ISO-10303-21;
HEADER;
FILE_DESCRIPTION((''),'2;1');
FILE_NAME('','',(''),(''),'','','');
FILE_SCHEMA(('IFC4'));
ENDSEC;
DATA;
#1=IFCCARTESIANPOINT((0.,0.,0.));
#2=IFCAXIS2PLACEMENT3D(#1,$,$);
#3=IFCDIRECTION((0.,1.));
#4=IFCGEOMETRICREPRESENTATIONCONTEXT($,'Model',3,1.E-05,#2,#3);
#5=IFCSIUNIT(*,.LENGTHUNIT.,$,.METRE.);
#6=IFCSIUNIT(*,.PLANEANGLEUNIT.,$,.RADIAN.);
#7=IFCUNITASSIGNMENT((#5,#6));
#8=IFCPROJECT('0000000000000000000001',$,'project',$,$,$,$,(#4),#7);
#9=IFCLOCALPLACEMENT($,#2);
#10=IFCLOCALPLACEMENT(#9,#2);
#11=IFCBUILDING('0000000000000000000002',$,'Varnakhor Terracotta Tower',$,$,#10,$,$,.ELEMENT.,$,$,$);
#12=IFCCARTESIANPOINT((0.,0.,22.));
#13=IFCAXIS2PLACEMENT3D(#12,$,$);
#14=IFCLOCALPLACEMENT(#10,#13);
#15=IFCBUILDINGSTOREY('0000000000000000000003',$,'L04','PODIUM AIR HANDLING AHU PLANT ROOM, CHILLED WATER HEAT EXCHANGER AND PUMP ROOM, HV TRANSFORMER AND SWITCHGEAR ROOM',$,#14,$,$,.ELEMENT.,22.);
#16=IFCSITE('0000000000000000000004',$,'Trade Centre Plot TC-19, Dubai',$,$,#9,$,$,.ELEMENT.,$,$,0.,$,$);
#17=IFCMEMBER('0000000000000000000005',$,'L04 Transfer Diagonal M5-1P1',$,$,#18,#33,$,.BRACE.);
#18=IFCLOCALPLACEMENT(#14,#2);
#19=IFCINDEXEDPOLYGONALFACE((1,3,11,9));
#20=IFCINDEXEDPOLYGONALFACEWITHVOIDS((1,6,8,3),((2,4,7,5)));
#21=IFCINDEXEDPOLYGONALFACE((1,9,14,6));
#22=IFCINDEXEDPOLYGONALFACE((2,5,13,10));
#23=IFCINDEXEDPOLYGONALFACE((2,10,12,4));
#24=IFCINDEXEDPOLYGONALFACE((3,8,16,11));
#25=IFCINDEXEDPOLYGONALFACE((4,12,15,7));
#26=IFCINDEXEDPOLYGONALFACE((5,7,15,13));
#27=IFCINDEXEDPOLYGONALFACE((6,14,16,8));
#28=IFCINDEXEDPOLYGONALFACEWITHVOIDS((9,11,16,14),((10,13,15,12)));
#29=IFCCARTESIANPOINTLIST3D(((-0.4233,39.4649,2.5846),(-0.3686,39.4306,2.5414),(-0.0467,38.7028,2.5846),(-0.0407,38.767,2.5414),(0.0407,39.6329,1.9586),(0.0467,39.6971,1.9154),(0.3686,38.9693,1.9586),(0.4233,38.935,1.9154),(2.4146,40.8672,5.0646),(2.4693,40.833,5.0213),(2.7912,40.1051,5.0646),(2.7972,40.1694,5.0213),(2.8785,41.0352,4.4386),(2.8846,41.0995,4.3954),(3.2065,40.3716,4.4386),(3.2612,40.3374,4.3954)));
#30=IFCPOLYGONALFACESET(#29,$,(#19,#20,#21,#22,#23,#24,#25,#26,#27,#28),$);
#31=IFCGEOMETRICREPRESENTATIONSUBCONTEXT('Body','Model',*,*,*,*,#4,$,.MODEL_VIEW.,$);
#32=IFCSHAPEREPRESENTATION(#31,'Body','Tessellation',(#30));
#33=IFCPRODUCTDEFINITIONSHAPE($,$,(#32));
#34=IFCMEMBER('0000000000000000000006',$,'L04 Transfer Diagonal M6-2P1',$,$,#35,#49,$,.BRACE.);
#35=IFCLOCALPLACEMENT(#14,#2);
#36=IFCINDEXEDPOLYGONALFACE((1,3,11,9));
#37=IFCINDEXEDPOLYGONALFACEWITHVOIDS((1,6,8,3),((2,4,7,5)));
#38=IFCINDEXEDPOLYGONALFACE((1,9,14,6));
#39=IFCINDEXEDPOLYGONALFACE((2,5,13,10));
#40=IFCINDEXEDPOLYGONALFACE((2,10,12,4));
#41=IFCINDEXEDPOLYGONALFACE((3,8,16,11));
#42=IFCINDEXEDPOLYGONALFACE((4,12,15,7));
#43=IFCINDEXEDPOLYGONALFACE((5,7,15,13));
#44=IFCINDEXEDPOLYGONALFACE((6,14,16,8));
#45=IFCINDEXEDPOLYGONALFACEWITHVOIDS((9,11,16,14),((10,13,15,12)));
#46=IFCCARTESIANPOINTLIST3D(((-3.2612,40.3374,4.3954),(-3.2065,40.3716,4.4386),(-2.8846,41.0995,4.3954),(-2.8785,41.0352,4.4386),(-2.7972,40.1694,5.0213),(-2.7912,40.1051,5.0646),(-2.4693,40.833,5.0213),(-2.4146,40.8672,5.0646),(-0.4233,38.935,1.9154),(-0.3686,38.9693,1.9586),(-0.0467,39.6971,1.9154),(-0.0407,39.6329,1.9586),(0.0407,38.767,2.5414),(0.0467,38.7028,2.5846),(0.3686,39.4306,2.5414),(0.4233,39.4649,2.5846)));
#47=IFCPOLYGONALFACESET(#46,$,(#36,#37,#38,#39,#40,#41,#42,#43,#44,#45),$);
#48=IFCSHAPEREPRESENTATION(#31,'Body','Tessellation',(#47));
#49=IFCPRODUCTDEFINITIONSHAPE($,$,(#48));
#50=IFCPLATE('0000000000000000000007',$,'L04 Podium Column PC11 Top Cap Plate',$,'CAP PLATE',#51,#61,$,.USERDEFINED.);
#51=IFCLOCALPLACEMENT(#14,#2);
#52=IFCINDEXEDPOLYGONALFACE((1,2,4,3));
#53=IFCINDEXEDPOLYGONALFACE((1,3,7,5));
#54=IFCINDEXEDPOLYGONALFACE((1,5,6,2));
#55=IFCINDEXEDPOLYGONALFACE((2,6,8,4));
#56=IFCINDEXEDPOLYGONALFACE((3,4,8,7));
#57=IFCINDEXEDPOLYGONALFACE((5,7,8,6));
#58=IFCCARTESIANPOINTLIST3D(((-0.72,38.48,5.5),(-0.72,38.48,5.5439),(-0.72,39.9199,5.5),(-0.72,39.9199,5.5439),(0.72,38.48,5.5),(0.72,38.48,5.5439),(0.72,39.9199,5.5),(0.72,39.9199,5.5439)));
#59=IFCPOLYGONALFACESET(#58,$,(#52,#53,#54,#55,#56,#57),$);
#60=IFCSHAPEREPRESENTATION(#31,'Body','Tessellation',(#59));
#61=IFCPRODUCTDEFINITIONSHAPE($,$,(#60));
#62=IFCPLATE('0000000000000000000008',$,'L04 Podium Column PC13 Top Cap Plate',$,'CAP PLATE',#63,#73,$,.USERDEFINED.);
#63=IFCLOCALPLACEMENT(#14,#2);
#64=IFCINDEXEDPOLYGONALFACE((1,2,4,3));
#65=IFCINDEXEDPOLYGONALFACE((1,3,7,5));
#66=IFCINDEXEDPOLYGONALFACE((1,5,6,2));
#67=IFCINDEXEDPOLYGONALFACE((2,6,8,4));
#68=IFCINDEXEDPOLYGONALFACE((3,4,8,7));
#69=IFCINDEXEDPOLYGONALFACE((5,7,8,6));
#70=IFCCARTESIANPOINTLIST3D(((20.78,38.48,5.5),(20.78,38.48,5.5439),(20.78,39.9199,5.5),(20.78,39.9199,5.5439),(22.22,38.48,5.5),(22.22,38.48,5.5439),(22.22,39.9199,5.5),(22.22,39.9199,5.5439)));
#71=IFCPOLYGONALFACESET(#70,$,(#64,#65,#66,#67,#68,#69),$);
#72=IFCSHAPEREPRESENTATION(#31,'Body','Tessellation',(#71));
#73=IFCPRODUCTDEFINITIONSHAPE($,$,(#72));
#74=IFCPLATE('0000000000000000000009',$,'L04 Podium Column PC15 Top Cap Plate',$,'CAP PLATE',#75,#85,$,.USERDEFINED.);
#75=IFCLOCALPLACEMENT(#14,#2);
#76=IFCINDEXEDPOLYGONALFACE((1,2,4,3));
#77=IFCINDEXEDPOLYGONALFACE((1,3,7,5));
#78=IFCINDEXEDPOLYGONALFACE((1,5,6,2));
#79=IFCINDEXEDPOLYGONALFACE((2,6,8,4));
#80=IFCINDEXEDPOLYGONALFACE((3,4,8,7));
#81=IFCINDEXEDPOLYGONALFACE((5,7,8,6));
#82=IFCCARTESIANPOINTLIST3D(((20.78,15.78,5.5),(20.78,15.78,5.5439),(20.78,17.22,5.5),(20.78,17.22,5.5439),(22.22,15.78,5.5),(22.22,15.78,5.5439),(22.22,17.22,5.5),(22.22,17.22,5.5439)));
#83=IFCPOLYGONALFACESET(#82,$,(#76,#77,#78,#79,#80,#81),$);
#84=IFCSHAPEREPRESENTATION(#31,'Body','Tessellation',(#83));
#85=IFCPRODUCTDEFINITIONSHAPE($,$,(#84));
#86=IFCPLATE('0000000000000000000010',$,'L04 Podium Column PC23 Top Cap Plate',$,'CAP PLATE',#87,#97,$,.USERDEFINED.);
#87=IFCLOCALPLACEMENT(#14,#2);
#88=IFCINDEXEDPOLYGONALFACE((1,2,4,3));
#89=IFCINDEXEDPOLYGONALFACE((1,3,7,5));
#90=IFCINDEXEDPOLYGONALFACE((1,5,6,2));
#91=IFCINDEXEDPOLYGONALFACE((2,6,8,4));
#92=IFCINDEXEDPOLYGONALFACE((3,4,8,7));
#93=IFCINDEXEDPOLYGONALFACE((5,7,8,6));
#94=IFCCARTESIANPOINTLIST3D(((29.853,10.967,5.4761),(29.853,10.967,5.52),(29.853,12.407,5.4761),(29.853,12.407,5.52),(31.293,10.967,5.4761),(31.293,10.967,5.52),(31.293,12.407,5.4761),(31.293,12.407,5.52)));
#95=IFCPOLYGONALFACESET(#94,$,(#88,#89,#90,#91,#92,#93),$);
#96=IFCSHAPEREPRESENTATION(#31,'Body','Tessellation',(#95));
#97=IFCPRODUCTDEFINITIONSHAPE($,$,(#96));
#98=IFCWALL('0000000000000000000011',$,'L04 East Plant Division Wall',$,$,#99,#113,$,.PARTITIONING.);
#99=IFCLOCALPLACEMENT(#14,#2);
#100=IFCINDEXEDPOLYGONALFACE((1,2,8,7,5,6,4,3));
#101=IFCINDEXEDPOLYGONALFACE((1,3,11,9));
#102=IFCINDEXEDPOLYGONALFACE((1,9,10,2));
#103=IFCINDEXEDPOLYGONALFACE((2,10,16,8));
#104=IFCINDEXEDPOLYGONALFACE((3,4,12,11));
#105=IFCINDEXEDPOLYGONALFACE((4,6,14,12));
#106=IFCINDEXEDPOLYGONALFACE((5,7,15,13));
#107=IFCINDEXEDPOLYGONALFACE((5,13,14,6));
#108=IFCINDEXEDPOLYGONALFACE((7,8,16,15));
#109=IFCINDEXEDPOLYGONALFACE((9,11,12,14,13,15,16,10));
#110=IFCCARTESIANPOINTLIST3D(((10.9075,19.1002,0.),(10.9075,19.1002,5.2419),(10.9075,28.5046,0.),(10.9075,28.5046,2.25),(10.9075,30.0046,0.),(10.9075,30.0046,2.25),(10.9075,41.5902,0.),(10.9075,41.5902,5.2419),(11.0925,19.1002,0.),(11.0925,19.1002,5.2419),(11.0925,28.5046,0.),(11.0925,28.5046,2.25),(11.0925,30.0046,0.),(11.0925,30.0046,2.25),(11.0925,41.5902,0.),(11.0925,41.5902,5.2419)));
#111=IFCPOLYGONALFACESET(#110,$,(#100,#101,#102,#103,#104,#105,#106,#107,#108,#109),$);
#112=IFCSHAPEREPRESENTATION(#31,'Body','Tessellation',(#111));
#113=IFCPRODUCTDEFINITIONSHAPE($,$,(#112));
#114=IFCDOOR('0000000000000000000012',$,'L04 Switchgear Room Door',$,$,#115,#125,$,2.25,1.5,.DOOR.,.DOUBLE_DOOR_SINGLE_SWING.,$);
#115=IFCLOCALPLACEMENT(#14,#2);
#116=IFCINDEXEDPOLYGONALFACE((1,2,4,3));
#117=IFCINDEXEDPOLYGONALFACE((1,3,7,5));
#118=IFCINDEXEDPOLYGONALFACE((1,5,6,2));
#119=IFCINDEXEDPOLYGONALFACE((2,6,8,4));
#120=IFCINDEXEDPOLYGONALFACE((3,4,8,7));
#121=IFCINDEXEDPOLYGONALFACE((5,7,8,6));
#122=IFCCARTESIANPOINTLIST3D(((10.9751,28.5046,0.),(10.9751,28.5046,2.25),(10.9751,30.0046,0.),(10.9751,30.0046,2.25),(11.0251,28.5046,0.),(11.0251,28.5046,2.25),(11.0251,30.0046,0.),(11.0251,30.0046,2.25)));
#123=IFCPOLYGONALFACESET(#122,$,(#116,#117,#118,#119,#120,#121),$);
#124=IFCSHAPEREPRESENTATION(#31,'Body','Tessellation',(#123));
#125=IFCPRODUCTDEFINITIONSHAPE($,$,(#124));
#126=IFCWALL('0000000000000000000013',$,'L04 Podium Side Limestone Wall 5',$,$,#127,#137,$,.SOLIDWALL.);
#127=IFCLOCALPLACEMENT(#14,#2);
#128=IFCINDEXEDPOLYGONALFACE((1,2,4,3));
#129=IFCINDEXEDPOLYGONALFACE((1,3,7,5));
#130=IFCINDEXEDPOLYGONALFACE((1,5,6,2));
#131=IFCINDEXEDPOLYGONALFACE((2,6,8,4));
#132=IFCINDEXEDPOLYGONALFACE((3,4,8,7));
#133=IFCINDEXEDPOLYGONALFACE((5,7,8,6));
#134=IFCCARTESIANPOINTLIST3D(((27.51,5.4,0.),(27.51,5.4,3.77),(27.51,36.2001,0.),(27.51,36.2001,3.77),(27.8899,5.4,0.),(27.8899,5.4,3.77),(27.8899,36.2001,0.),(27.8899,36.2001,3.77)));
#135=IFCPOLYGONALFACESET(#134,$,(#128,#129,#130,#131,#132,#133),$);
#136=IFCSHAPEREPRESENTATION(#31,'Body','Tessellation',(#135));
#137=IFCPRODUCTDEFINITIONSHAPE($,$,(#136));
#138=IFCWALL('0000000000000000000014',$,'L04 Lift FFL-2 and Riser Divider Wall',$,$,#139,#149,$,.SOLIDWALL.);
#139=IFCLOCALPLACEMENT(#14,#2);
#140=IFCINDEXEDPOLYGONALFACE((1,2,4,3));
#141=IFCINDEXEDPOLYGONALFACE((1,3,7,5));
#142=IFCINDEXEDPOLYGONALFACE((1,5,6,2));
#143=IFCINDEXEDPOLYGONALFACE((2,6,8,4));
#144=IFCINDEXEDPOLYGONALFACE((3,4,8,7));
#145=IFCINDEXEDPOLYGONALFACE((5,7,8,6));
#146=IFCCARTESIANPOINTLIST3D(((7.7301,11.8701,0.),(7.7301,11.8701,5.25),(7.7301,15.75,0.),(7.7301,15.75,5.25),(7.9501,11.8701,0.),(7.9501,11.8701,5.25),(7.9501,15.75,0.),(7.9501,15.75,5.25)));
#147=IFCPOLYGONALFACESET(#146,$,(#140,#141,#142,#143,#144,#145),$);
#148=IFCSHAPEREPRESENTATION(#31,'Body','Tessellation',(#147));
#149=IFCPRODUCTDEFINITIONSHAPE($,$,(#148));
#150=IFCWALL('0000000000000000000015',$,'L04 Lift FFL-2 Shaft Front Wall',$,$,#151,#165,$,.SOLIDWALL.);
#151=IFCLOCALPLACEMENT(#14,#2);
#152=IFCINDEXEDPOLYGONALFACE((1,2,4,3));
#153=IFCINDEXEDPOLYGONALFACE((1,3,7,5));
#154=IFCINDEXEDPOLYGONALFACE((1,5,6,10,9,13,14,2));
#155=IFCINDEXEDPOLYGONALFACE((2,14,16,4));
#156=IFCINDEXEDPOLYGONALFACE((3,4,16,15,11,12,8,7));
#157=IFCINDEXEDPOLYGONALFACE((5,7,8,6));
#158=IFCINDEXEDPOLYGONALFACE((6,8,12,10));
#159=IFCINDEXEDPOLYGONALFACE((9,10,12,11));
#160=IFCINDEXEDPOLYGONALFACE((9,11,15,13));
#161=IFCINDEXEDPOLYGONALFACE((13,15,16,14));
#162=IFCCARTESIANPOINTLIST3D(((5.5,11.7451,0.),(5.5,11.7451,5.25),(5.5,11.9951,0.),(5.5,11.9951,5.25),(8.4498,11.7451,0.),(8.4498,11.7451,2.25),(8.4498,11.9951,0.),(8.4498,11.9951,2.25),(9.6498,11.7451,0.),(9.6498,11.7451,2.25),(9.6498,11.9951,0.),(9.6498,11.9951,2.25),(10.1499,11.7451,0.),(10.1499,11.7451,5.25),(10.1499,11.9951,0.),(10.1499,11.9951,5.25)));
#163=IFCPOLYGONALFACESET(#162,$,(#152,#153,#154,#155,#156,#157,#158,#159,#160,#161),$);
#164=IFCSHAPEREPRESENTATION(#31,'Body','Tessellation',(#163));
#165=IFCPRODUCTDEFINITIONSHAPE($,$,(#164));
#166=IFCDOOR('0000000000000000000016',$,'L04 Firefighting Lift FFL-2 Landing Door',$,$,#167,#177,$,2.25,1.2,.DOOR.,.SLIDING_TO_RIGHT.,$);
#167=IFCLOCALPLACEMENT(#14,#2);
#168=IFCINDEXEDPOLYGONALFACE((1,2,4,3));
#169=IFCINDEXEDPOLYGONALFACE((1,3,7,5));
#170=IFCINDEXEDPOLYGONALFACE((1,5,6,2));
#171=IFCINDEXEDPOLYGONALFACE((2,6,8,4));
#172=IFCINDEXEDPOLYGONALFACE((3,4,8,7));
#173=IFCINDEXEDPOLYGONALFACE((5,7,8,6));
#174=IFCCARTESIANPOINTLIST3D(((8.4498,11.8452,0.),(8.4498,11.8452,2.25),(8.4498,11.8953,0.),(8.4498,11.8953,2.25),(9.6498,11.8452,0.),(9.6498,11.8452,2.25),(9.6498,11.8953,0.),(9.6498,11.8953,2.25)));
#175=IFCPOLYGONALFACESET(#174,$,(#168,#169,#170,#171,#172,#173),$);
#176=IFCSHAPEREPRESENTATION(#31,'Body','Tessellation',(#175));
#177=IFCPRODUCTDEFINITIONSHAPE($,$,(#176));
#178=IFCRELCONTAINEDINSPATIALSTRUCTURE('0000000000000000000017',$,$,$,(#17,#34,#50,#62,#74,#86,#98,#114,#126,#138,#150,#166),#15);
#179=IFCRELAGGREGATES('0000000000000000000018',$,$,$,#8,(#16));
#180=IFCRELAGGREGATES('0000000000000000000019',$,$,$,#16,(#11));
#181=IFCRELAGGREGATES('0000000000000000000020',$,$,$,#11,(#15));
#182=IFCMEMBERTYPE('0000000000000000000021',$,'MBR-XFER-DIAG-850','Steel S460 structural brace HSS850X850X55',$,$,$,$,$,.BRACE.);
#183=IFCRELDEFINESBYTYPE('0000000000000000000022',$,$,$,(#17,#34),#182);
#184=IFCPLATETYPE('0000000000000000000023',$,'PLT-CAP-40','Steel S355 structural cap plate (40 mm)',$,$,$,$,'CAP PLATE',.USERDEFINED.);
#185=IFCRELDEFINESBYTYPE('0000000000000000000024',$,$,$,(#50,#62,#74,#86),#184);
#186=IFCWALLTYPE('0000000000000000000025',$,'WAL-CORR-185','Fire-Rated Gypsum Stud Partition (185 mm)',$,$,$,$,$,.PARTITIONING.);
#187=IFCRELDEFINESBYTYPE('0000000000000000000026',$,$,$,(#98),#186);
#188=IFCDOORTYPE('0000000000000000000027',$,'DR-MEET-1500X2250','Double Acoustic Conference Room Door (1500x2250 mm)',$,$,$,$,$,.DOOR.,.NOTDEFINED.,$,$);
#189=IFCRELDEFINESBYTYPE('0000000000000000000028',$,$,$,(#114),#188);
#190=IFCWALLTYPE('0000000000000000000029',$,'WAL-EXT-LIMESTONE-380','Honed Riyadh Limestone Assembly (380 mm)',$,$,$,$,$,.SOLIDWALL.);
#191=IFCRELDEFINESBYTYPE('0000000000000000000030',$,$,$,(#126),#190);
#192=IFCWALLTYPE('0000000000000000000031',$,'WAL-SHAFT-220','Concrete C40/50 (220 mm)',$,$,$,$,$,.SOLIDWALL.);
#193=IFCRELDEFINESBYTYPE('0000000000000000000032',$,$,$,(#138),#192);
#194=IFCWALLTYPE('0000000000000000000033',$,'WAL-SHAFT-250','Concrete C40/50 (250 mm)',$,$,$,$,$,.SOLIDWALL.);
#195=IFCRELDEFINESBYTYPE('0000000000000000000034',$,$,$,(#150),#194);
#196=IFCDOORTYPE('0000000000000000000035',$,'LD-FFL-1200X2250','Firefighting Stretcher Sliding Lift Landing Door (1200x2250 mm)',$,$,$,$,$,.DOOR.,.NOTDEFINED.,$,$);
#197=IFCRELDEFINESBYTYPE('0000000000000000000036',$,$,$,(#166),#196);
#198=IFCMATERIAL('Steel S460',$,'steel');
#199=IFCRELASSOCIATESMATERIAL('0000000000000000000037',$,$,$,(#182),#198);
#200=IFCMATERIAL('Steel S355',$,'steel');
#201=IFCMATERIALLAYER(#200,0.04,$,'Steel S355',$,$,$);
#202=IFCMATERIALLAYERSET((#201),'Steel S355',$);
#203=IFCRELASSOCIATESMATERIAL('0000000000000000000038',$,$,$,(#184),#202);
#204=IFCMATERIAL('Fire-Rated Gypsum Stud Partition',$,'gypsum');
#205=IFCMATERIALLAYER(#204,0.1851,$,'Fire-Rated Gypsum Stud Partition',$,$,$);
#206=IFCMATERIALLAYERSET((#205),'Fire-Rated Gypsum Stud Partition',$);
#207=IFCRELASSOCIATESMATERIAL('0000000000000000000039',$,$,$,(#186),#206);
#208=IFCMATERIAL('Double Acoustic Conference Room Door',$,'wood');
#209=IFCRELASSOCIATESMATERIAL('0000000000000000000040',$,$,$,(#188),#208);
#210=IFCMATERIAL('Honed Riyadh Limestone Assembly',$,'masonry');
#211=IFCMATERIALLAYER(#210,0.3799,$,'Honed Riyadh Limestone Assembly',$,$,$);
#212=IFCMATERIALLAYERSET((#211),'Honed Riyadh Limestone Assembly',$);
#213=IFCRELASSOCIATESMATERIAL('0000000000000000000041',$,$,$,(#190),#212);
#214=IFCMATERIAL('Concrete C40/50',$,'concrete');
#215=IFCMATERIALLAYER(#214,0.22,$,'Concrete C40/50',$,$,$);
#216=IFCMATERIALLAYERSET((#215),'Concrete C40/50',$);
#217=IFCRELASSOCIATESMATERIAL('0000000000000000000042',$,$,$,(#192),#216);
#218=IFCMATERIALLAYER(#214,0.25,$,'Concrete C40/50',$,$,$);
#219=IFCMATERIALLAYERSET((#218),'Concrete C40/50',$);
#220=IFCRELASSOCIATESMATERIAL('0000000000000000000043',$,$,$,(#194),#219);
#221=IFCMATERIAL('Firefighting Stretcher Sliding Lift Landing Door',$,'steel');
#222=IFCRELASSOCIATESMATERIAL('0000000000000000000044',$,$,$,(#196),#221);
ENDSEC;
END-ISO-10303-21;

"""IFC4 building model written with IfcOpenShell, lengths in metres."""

from ifc_helpers import new_model, si_unit, direction, frame, frame_2d, origin, origin_2d, place, context, subcontext, project, spatial, rectangle, hollow_rectangle, extrude, source, transform, mapped, material, layer, layer_set, material_profile, profile_set, type_object, type_shapes, element, fill, save


model = new_model("IFC4")

# Units and contexts
model_context = context("Model", 3, precision=1e-05, world=origin(), true_north=direction((0.0, 1.0)))
body_context = subcontext(model_context, "Body", "Model", "MODEL_VIEW")
ifc_project = project(units=[si_unit("LENGTHUNIT", "METRE"), si_unit("PLANEANGLEUNIT", "RADIAN")], contexts=[model_context])

# Site, building, storey
site_placement = place(None, origin())
site = spatial("IfcSite", under=ifc_project, at=site_placement, Name="Trade Centre Plot TC-19, Dubai", CompositionType="ELEMENT", RefElevation=0.0)
building_placement = place(site_placement, origin())
building = spatial("IfcBuilding", under=site, at=building_placement, Name="Varnakhor Terracotta Tower", CompositionType="ELEMENT")
storey_placement = place(building_placement, frame((0.0, 0.0, 22.0)))
storey = spatial("IfcBuildingStorey", under=building, at=storey_placement, Name="L04", Description="PODIUM AIR HANDLING AHU PLANT ROOM, CHILLED WATER HEAT EXCHANGER AND PUMP ROOM, HV TRANSFORMER AND SWITCHGEAR ROOM", CompositionType="ELEMENT", Elevation=22.0)

# Shared definitions
ifc_material_1 = material(Name="Steel S460", Category="steel")

# Shared definitions
ifc_material_2 = material(Name="Steel S355", Category="steel")

# Members
ifc_material_profile_1 = material_profile(ifc_material_1, hollow_rectangle(XDim=0.8501, YDim=0.8501, WallThickness=0.0549, at=origin_2d()), Name="HSS850X850X55")
ifc_profile_set_1 = profile_set([ifc_material_profile_1], Name="Steel S460")
member_type_1 = type_object("IfcMemberType", Name="MBR-XFER-DIAG-850", Description="Steel S460 structural brace HSS850X850X55", PredefinedType="BRACE", material=ifc_profile_set_1)
shared_shape_1 = source(origin(), body_context, "Body", "SweptSolid", [
    extrude(hollow_rectangle(XDim=0.8501, YDim=0.8501, WallThickness=0.0549, at=origin_2d()), origin(), (0.0, 0.0, 1.0), 4.0212),
])
for number, where, z_axis, x_axis, name in (
    (1, (0.0, 39.2, 2.25), (0.705723, 0.348733, 0.616718), (-0.443013, 0.896515, 0.0), "L04 Transfer Diagonal M5-1P1"),
    (2, (0.0, 39.2, 2.25), (-0.705723, 0.348733, 0.616718), (-0.443013, -0.896515, 0.0), "L04 Transfer Diagonal M6-2P1"),
):
    element("IfcMember", number, at=place(storey_placement, frame(where, z_axis=z_axis, x_axis=x_axis)), inside=storey, type_object=member_type_1, Name=name, PredefinedType="BRACE", context=body_context, shape_type="MappedRepresentation", body=[
        mapped(shared_shape_1, transform((0.0, 0.0, 0.0), scale=1.0)),
    ])

# Plates
ifc_layer_1 = layer(ifc_material_2, 0.04, Name="Steel S355")
ifc_layer_set_1 = layer_set([ifc_layer_1], Name="Steel S355")
plate_type = type_object("IfcPlateType", Name="PLT-CAP-40", Description="Steel S355 structural cap plate (40 mm)", ElementType="CAP PLATE", PredefinedType="USERDEFINED", material=ifc_layer_set_1)
shared_shape_2 = source(origin(), body_context, "Body", "SweptSolid", [
    extrude(rectangle(XDim=1.4399, YDim=1.4399, at=origin_2d()), origin(), (0.0, 0.0, 1.0), 0.0439),
])
type_shapes(plate_type, [shared_shape_2])
for number, where, z_axis, x_axis, name in (
    (3, (0.0, 39.2, 5.5), (0.0, 0.0, 1.0), (1.0, 0.0, 0.0), "L04 Podium Column PC11 Top Cap Plate"),
    (4, (21.5, 39.2, 5.5), (0.0, 0.0, 1.0), (1.0, 0.0, 0.0), "L04 Podium Column PC13 Top Cap Plate"),
    (5, (21.5, 16.5, 5.5), (0.0, 0.0, 1.0), (1.0, 0.0, 0.0), "L04 Podium Column PC15 Top Cap Plate"),
    (6, (30.573, 11.687, 5.4761), (0.0, 0.0, 1.0), (1.0, 0.0, 0.0), "L04 Podium Column PC23 Top Cap Plate"),
):
    element("IfcPlate", number, at=place(storey_placement, frame(where, z_axis=z_axis, x_axis=x_axis)), inside=storey, type_object=plate_type, Name=name, ObjectType="CAP PLATE", PredefinedType="USERDEFINED", context=body_context, shape_type="MappedRepresentation", body=[
        mapped(shared_shape_2, transform((0.0, 0.0, 0.0), scale=1.0)),
    ])

# Wall, opening, door
ifc_material_3 = material(Name="Fire-Rated Gypsum Stud Partition", Category="gypsum")
ifc_layer_2 = layer(ifc_material_3, 0.1851, Name="Fire-Rated Gypsum Stud Partition")
ifc_layer_set_2 = layer_set([ifc_layer_2], Name="Fire-Rated Gypsum Stud Partition")
wall_type_1 = type_object("IfcWallType", Name="WAL-CORR-185", Description="Fire-Rated Gypsum Stud Partition (185 mm)", PredefinedType="PARTITIONING", material=ifc_layer_set_2)
wall_1_placement = place(storey_placement, frame((11.0, 19.1001, 0.0), z_axis=(0.0, 0.0, 1.0), x_axis=(0.0, 1.0, 0.0)))
wall_1 = element("IfcWall", 7, at=wall_1_placement, inside=storey, type_object=wall_type_1, Name="L04 East Plant Division Wall", PredefinedType="PARTITIONING", context=body_context, shape_type="SweptSolid", body=[
    extrude(rectangle(XDim=22.49, YDim=0.1851, at=frame_2d((11.2451, 0.0))), origin(), (0.0, 0.0, 1.0), 5.2419),
])
opening_1_placement = place(wall_1_placement, frame((9.4045, 0.0, 0.0)))
opening_1 = element("IfcOpeningElement", 8, at=opening_1_placement, cuts=wall_1, PredefinedType="OPENING", context=body_context, shape_type="SweptSolid", body=[
    extrude(rectangle(XDim=1.5, YDim=2.25, at=frame_2d((0.75, 1.125))), frame((0.0, 0.1025, 0.0), z_axis=(0.0, -1.0, 0.0), x_axis=(1.0, 0.0, 0.0)), (0.0, 0.0, 1.0), 0.2051),
])
ifc_material_4 = material(Name="Double Acoustic Conference Room Door", Category="wood")
door_type_1 = type_object("IfcDoorType", Name="DR-MEET-1500X2250", Description="Double Acoustic Conference Room Door (1500x2250 mm)", OperationType="NOTDEFINED", PredefinedType="DOOR", material=ifc_material_4)
shared_shape_3 = source(origin(), body_context, "Body", "SweptSolid", [
    extrude(rectangle(XDim=1.5, YDim=2.25, at=frame_2d((0.75, 1.125))), frame((0.0, 0.0249, 0.0), z_axis=(0.0, -1.0, 0.0), x_axis=(1.0, 0.0, 0.0)), (0.0, 0.0, 1.0), 0.05),
])
type_shapes(door_type_1, [shared_shape_3])
door_1_placement = place(opening_1_placement, origin())
door_1 = element("IfcDoor", 9, at=door_1_placement, inside=storey, type_object=door_type_1, Name="L04 Switchgear Room Door", OperationType="DOUBLE_DOOR_SINGLE_SWING", OverallHeight=2.25, OverallWidth=1.5, PredefinedType="DOOR", context=body_context, shape_type="MappedRepresentation", body=[
    mapped(shared_shape_3, transform((0.0, 0.0, 0.0), scale=1.0)),
])
fill(opening_1, door_1)

# Walls
ifc_material_5 = material(Name="Honed Riyadh Limestone Assembly", Category="masonry")
ifc_layer_3 = layer(ifc_material_5, 0.3799, Name="Honed Riyadh Limestone Assembly")
ifc_layer_set_3 = layer_set([ifc_layer_3], Name="Honed Riyadh Limestone Assembly")
wall_type_2 = type_object("IfcWallType", Name="WAL-EXT-LIMESTONE-380", Description="Honed Riyadh Limestone Assembly (380 mm)", PredefinedType="SOLIDWALL", material=ifc_layer_set_3)
wall_2_placement = place(storey_placement, frame((27.7, 36.2, 0.0), z_axis=(0.0, 0.0, 1.0), x_axis=(0.0, -1.0, 0.0)))
element("IfcWall", 10, at=wall_2_placement, inside=storey, type_object=wall_type_2, Name="L04 Podium Side Limestone Wall 5", PredefinedType="SOLIDWALL", context=body_context, shape_type="SweptSolid", body=[
    extrude(rectangle(XDim=30.8, YDim=0.3799, at=frame_2d((15.3999, 0.0))), origin(), (0.0, 0.0, 1.0), 3.77),
])
ifc_material_6 = material(Name="Concrete C40/50", Category="concrete")
ifc_layer_4 = layer(ifc_material_6, 0.22, Name="Concrete C40/50")
ifc_layer_set_4 = layer_set([ifc_layer_4], Name="Concrete C40/50")
wall_type_3 = type_object("IfcWallType", Name="WAL-SHAFT-220", Description="Concrete C40/50 (220 mm)", PredefinedType="SOLIDWALL", material=ifc_layer_set_4)
wall_3_placement = place(storey_placement, frame((7.8401, 11.8701, 0.0), z_axis=(0.0, 0.0, 1.0), x_axis=(0.0, 1.0, 0.0)))
element("IfcWall", 11, at=wall_3_placement, inside=storey, type_object=wall_type_3, Name="L04 Lift FFL-2 and Riser Divider Wall", PredefinedType="SOLIDWALL", context=body_context, shape_type="SweptSolid", body=[
    extrude(rectangle(XDim=3.8799, YDim=0.22, at=frame_2d((1.9399, 0.0))), origin(), (0.0, 0.0, 1.0), 5.25),
])

# Wall, opening, door
ifc_layer_5 = layer(ifc_material_6, 0.25, Name="Concrete C40/50")
ifc_layer_set_5 = layer_set([ifc_layer_5], Name="Concrete C40/50")
wall_type_4 = type_object("IfcWallType", Name="WAL-SHAFT-250", Description="Concrete C40/50 (250 mm)", PredefinedType="SOLIDWALL", material=ifc_layer_set_5)
wall_4_placement = place(storey_placement, frame((10.1499, 11.8701, 0.0), z_axis=(0.0, 0.0, 1.0), x_axis=(-1.0, 0.0, 0.0)))
wall_4 = element("IfcWall", 12, at=wall_4_placement, inside=storey, type_object=wall_type_4, Name="L04 Lift FFL-2 Shaft Front Wall", PredefinedType="SOLIDWALL", context=body_context, shape_type="SweptSolid", body=[
    extrude(rectangle(XDim=4.6499, YDim=0.25, at=frame_2d((2.325, 0.0))), origin(), (0.0, 0.0, 1.0), 5.25),
])
opening_2_placement = place(wall_4_placement, frame((0.5, 0.0, 0.0)))
opening_2 = element("IfcOpeningElement", 13, at=opening_2_placement, cuts=wall_4, PredefinedType="OPENING", context=body_context, shape_type="SweptSolid", body=[
    extrude(rectangle(XDim=1.2, YDim=2.25, at=frame_2d((0.6001, 1.125))), frame((0.0, 0.135, 0.0), z_axis=(0.0, -1.0, 0.0), x_axis=(1.0, 0.0, 0.0)), (0.0, 0.0, 1.0), 0.27),
])
ifc_material_7 = material(Name="Firefighting Stretcher Sliding Lift Landing Door", Category="steel")
door_type_2 = type_object("IfcDoorType", Name="LD-FFL-1200X2250", Description="Firefighting Stretcher Sliding Lift Landing Door (1200x2250 mm)", OperationType="NOTDEFINED", PredefinedType="DOOR", material=ifc_material_7)
shared_shape_4 = source(origin(), body_context, "Body", "SweptSolid", [
    extrude(rectangle(XDim=1.2, YDim=2.25, at=frame_2d((0.6001, 1.125))), frame((0.0, 0.0249, 0.0), z_axis=(0.0, -1.0, 0.0), x_axis=(1.0, 0.0, 0.0)), (0.0, 0.0, 1.0), 0.05),
])
type_shapes(door_type_2, [shared_shape_4])
door_2_placement = place(opening_2_placement, origin())
door_2 = element("IfcDoor", 14, at=door_2_placement, inside=storey, type_object=door_type_2, Name="L04 Firefighting Lift FFL-2 Landing Door", OperationType="SLIDING_TO_RIGHT", OverallHeight=2.25, OverallWidth=1.2, PredefinedType="DOOR", context=body_context, shape_type="MappedRepresentation", body=[
    mapped(shared_shape_4, transform((0.0, 0.0, 0.0), scale=1.0)),
])
fill(opening_2, door_2)

save(model, "model.ifc")
